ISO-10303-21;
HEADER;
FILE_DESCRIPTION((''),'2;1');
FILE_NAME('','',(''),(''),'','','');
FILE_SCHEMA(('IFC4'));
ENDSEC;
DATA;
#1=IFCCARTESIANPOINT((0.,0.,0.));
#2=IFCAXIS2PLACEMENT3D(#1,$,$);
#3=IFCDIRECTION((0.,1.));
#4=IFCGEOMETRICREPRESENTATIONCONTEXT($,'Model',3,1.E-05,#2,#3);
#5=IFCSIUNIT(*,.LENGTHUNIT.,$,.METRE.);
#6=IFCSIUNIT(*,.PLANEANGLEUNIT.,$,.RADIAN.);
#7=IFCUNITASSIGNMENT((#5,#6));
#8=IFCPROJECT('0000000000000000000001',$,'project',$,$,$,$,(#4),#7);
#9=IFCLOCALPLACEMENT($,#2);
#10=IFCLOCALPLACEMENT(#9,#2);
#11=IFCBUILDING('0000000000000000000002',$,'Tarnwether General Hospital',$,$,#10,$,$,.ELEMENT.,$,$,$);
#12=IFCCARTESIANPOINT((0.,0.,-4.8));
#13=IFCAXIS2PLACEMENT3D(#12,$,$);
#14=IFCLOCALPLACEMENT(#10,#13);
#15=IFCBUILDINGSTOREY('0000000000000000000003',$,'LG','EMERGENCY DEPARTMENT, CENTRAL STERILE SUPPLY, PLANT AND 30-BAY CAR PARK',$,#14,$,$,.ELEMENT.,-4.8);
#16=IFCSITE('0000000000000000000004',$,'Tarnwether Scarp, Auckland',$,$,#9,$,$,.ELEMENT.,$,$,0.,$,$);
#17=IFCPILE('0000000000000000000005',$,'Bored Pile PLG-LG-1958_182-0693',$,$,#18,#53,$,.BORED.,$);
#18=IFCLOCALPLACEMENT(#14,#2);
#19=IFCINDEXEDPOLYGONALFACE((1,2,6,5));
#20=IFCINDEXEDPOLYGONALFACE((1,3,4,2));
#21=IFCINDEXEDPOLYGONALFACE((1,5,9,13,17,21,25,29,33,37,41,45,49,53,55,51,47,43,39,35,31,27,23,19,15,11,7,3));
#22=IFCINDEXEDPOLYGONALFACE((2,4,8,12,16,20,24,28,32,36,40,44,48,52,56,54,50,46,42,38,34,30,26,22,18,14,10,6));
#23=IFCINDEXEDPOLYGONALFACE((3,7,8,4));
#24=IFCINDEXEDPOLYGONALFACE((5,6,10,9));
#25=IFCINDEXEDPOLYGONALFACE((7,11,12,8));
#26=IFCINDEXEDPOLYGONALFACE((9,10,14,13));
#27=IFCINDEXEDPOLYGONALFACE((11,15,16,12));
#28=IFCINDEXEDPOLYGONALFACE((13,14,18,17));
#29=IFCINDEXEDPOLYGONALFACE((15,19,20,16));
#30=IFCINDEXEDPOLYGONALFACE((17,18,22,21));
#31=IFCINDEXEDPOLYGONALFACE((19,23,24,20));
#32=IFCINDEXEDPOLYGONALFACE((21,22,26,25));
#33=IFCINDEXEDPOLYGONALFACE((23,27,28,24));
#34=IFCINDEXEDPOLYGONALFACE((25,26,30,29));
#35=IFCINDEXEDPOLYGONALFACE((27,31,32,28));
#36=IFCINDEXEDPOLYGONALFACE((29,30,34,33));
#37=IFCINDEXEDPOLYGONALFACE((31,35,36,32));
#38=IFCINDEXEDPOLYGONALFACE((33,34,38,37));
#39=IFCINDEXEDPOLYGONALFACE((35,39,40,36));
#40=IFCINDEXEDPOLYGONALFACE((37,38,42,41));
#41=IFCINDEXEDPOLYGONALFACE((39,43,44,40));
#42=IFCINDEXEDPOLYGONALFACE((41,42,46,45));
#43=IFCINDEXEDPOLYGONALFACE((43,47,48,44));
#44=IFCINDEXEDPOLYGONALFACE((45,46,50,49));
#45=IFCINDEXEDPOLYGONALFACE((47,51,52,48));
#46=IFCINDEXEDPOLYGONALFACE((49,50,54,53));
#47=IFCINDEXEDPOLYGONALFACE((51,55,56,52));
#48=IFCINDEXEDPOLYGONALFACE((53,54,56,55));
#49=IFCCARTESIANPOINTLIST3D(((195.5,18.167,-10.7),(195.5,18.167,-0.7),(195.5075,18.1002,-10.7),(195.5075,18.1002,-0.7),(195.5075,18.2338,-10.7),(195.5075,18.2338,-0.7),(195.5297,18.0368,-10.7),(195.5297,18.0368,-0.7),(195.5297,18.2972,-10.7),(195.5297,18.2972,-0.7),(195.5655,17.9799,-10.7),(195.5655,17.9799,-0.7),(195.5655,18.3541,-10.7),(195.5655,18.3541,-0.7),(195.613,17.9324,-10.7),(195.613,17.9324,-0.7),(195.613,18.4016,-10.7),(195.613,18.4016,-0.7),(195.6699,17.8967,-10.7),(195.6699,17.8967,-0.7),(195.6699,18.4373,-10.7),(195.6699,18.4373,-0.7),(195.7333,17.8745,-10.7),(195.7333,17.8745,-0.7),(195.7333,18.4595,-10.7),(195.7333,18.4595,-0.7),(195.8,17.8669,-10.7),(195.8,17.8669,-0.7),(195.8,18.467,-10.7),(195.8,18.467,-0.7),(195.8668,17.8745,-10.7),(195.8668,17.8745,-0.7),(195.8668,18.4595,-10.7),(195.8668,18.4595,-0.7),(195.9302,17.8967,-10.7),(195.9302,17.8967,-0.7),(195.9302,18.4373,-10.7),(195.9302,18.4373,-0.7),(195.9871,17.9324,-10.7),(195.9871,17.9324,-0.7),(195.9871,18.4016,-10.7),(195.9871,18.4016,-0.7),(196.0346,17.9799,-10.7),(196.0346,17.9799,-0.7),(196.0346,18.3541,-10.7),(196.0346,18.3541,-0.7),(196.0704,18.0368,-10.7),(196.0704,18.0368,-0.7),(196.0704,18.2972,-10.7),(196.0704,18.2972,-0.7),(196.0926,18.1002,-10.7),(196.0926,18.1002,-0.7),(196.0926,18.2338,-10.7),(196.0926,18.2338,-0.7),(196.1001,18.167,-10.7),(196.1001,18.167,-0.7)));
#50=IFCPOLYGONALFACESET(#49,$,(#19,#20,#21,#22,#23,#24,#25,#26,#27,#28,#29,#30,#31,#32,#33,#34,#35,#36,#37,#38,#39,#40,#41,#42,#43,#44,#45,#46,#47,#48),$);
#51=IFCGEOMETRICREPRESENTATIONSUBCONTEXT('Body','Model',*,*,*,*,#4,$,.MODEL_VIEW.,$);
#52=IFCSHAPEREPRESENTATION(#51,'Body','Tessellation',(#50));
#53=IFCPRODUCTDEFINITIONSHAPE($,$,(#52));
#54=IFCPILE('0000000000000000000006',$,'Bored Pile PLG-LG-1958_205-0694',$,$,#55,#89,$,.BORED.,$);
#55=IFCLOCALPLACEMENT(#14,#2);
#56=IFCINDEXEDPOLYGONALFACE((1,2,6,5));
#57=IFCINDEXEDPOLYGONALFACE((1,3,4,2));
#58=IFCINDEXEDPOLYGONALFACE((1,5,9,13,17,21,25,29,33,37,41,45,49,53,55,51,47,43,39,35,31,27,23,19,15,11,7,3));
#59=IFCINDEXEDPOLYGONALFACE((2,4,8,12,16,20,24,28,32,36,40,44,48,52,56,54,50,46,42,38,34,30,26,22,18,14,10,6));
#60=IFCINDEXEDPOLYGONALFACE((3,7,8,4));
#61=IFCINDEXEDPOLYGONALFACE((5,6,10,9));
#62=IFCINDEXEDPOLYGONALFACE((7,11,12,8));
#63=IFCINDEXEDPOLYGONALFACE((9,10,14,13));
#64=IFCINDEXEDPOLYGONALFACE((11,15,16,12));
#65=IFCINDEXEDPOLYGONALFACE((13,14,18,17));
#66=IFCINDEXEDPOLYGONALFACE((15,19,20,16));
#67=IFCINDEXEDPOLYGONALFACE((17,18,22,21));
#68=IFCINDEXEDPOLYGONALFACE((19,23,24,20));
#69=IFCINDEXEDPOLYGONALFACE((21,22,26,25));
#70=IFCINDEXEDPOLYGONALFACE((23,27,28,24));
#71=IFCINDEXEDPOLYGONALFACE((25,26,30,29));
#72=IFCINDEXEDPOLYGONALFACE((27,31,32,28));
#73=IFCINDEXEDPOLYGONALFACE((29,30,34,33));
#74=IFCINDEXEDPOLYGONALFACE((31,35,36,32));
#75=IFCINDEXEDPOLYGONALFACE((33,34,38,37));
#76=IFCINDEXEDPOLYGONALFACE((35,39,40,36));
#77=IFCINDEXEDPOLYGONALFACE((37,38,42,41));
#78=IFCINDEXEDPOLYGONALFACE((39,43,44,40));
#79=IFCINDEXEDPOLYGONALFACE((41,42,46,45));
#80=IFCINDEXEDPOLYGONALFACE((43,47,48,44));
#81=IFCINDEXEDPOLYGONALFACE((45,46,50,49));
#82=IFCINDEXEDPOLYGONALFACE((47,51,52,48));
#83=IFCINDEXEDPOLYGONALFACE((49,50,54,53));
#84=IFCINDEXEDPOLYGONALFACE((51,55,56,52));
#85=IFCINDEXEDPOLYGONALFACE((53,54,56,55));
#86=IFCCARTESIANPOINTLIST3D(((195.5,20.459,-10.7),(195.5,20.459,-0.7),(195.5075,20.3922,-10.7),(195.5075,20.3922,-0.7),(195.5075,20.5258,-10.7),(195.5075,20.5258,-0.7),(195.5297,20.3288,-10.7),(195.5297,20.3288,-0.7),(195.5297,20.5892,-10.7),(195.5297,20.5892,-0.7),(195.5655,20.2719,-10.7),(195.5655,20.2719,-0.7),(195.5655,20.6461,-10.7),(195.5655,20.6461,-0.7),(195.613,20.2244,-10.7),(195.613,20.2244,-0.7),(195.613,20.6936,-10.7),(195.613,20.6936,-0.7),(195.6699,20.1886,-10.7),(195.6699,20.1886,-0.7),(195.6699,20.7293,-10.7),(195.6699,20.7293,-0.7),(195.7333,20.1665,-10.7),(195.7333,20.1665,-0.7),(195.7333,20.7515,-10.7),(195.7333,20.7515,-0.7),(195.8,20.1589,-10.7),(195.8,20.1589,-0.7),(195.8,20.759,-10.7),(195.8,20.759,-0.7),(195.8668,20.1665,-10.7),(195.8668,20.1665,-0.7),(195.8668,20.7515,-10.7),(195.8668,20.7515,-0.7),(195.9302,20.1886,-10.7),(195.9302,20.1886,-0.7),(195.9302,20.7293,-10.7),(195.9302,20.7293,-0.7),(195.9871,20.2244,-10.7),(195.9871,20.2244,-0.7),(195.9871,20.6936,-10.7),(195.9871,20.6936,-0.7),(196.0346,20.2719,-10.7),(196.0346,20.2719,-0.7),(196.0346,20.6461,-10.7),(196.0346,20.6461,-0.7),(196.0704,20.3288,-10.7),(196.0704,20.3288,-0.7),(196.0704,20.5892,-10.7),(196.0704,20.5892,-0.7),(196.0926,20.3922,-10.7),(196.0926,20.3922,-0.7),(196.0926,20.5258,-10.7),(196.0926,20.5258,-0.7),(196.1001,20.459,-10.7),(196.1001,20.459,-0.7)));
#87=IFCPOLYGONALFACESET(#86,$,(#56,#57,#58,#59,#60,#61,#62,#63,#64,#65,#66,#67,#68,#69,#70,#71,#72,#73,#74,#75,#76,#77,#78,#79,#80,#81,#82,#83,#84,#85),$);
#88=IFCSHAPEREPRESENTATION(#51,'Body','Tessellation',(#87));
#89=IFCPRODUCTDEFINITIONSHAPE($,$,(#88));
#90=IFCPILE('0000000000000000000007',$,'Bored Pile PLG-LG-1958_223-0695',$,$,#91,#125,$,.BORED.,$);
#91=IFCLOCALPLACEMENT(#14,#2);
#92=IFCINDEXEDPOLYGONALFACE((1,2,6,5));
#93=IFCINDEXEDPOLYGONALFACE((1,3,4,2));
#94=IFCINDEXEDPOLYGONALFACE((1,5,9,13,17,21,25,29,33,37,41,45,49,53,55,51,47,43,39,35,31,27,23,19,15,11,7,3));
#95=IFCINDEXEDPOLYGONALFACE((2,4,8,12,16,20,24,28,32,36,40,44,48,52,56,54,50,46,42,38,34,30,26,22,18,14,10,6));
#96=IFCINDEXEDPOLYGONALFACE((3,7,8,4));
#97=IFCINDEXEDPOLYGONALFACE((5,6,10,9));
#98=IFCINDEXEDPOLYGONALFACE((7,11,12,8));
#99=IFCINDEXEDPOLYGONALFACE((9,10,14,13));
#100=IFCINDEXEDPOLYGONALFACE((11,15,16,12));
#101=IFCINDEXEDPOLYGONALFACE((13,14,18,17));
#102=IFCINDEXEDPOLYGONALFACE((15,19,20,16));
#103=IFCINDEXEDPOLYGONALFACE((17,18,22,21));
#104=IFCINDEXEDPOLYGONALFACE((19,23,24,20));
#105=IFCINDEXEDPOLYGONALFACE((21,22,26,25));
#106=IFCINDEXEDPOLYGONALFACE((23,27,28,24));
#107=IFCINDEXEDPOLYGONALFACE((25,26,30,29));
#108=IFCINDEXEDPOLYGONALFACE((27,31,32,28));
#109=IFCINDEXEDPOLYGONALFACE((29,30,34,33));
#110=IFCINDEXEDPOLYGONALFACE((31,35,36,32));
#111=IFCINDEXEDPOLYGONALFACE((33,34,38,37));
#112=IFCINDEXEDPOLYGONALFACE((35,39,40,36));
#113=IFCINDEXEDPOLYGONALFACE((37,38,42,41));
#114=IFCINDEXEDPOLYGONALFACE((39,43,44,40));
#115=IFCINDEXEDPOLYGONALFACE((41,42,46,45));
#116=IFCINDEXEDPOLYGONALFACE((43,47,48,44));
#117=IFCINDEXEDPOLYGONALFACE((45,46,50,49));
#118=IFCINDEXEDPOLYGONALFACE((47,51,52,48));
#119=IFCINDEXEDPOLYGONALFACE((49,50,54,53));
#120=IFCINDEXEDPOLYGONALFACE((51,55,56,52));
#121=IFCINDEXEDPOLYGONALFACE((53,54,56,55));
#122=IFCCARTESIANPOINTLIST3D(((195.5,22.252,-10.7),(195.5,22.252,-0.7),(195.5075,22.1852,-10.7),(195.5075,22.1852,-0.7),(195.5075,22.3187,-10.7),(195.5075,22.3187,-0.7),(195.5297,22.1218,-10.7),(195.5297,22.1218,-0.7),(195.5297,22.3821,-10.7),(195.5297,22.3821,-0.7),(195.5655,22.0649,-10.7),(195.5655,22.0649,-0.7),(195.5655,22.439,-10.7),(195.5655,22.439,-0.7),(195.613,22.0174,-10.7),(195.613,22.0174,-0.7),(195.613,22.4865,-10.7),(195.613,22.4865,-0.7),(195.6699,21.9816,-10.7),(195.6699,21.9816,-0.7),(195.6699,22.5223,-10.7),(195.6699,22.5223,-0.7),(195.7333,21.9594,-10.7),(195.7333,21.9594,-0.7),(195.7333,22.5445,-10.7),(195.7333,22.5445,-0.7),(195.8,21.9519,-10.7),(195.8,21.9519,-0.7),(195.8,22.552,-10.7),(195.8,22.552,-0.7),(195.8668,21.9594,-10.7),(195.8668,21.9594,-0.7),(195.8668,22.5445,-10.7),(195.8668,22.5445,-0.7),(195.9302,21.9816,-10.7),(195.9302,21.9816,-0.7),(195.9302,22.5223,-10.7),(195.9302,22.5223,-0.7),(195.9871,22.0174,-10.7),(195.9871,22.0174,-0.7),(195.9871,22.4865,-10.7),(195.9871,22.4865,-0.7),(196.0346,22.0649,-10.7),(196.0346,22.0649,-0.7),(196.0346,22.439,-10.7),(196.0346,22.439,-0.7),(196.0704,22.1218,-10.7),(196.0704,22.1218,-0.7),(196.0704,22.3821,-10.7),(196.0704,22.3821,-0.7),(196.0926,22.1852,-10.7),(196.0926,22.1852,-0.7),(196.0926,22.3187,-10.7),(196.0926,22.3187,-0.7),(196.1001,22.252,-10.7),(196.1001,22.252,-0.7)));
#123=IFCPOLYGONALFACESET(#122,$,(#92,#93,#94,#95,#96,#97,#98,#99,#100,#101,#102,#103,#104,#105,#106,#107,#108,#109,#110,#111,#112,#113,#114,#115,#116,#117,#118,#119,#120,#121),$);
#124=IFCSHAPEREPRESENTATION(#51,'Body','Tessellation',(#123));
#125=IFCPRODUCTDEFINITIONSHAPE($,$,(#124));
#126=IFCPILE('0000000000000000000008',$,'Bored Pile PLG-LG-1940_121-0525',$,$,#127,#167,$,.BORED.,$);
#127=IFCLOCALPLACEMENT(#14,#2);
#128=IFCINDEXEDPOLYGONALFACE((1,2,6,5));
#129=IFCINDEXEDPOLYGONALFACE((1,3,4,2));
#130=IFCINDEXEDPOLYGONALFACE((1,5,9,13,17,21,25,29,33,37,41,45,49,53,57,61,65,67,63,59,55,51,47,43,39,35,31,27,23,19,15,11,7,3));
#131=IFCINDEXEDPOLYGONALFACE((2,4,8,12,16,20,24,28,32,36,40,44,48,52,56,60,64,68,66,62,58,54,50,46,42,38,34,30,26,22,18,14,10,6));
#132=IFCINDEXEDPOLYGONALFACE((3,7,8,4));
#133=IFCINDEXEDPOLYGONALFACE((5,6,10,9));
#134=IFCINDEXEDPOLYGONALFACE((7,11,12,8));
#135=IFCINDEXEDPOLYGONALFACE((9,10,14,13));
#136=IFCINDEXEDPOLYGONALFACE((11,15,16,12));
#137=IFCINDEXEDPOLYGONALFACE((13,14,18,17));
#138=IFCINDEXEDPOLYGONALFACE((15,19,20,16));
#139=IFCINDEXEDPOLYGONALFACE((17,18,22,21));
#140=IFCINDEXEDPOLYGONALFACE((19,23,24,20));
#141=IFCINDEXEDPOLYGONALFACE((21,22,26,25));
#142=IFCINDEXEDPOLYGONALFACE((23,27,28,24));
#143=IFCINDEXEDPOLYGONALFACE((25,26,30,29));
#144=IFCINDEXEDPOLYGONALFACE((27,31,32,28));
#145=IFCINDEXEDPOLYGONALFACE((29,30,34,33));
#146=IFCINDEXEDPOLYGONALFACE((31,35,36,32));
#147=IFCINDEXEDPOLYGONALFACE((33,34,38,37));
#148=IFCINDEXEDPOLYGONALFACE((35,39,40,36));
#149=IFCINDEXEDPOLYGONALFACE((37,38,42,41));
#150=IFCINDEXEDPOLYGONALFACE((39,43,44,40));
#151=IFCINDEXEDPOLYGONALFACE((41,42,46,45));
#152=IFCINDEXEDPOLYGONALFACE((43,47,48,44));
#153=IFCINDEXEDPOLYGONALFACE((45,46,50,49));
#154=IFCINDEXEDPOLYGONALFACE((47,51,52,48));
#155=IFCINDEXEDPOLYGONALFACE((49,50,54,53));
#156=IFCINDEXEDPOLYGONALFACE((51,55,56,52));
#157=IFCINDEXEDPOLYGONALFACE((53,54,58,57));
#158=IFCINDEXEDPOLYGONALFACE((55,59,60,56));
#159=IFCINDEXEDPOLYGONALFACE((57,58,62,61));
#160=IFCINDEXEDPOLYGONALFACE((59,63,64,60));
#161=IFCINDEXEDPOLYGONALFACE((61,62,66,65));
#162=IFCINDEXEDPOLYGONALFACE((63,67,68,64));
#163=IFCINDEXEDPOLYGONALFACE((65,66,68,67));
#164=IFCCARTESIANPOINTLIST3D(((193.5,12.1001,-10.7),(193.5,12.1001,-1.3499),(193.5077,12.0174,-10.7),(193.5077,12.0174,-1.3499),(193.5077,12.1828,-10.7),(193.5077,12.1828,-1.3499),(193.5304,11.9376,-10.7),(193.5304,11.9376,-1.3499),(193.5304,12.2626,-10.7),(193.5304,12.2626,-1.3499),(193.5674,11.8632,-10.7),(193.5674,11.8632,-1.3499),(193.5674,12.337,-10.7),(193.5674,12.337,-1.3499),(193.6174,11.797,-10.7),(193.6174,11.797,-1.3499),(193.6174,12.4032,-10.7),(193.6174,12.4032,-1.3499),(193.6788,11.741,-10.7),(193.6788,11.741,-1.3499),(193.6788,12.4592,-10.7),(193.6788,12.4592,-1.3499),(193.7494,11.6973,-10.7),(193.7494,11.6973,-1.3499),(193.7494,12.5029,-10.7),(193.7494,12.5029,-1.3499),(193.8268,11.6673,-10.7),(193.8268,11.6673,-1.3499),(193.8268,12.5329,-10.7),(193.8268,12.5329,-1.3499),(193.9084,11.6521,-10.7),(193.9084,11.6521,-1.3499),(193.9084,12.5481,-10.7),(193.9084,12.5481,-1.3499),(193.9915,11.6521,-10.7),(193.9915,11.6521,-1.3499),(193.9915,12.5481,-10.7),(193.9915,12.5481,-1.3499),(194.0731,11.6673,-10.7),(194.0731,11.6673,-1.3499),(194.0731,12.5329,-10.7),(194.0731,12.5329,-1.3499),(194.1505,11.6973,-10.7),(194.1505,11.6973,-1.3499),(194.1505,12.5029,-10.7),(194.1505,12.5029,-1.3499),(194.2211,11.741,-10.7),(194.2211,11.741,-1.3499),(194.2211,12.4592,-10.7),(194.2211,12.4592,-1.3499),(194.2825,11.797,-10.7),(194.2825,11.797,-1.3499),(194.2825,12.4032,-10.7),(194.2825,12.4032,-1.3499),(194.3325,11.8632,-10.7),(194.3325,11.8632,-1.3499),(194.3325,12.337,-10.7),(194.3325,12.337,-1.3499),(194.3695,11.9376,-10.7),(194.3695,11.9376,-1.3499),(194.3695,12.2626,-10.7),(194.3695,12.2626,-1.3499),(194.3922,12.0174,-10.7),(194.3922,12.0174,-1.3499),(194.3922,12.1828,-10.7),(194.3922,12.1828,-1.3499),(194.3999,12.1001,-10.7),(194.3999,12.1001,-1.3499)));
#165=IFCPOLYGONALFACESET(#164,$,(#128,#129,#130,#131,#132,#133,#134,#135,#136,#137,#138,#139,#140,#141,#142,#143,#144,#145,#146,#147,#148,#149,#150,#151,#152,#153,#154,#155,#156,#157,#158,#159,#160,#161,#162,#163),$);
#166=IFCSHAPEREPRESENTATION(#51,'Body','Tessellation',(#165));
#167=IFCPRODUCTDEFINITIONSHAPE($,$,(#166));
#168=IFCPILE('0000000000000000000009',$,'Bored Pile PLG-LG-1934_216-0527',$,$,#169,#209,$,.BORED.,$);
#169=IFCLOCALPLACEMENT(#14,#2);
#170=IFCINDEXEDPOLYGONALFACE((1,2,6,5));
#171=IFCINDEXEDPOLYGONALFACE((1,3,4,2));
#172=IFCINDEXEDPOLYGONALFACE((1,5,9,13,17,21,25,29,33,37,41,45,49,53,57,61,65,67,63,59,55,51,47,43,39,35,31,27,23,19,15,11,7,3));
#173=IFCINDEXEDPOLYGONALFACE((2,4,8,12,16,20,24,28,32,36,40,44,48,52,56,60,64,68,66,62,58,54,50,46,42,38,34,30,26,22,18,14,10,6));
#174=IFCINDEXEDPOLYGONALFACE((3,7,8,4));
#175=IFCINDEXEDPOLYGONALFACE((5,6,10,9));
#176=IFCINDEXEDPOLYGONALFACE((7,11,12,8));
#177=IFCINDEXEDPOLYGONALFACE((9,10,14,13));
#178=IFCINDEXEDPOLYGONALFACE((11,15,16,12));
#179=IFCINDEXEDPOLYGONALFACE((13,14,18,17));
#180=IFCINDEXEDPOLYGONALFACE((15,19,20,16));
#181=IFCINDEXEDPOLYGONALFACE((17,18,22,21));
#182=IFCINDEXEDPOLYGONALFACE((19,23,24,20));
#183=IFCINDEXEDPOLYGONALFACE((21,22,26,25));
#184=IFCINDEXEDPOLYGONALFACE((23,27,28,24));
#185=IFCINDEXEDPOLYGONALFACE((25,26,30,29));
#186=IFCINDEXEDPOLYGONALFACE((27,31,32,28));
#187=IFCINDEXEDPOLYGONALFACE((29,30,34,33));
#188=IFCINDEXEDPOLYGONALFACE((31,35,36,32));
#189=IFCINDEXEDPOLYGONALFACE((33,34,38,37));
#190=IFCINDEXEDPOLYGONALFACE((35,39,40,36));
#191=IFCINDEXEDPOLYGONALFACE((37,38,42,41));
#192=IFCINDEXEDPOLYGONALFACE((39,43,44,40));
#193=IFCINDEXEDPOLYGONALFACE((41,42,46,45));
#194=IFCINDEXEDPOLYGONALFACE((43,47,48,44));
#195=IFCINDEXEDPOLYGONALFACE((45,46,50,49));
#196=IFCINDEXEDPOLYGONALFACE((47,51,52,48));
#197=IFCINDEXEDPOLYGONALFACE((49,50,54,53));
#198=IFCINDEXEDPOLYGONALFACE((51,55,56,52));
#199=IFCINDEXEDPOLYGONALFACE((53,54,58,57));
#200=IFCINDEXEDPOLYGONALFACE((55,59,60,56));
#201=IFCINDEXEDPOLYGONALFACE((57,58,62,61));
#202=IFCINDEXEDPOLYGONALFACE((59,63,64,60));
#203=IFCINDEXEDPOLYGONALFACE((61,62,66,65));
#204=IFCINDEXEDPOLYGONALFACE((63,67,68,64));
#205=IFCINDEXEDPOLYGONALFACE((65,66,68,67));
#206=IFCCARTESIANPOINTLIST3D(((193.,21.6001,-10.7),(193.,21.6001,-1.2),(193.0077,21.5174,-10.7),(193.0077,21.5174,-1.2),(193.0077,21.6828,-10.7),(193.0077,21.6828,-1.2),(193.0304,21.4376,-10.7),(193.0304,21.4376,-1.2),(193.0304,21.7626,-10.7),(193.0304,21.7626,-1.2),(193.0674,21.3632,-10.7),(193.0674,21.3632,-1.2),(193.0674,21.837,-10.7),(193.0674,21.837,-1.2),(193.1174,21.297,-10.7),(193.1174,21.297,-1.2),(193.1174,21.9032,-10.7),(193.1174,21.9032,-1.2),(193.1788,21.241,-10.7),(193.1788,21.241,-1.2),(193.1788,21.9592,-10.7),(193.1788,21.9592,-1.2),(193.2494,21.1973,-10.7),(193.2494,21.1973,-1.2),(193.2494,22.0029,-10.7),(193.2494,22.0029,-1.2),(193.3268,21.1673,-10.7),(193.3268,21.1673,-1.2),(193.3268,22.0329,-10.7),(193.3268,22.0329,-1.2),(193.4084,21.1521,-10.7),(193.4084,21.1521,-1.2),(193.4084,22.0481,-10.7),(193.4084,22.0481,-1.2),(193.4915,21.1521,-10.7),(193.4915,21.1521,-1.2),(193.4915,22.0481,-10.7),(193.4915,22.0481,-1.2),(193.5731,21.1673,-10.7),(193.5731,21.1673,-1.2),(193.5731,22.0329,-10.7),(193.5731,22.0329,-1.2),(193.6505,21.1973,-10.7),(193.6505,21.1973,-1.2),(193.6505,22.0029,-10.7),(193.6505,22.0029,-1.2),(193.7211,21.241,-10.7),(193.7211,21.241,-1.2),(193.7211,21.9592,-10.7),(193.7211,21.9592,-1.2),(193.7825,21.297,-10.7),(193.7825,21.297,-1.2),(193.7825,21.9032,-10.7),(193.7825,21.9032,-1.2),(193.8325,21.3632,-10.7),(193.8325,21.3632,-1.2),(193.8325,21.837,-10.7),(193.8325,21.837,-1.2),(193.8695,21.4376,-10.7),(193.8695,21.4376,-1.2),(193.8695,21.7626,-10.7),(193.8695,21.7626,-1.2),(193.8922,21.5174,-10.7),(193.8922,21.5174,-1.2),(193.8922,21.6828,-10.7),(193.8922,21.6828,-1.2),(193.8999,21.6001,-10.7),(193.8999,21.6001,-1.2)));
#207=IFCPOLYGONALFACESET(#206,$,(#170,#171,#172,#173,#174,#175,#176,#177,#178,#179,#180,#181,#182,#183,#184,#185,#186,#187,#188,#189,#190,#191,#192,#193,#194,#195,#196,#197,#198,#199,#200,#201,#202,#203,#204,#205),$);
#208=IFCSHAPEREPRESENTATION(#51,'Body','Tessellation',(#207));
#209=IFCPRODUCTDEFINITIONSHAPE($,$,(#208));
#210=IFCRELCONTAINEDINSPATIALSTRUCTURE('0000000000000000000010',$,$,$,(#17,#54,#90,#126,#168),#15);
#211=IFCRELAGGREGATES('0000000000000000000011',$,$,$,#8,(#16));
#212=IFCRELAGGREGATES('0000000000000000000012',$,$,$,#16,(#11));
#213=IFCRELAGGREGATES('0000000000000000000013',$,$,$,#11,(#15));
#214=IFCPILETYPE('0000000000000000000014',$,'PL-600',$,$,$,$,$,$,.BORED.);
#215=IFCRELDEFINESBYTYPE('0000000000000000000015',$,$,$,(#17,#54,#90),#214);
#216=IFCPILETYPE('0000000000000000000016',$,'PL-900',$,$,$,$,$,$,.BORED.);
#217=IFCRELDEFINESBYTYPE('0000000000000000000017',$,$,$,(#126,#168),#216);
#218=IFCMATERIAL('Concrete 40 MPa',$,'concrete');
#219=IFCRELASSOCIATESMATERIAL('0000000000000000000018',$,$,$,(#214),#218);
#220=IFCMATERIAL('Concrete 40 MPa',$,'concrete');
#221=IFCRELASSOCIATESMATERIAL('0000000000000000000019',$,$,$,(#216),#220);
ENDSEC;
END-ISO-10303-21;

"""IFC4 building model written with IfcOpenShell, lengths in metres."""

from ifc_helpers import new_model, si_unit, direction, frame, origin, origin_2d, place, context, subcontext, project, spatial, circle, extrude, material, material_profile, profile_set, type_object, element, save


model = new_model("IFC4")

# Units and contexts
model_context = context("Model", 3, precision=1e-05, world=origin(), true_north=direction((0.0, 1.0)))
body_context = subcontext(model_context, "Body", "Model", "MODEL_VIEW")
ifc_project = project(units=[si_unit("LENGTHUNIT", "METRE"), si_unit("PLANEANGLEUNIT", "RADIAN")], contexts=[model_context])

# Site, building, storey
site_placement = place(None, origin())
site = spatial("IfcSite", under=ifc_project, at=site_placement, Name="Tarnwether Scarp, Auckland", CompositionType="ELEMENT", RefElevation=0.0)
building_placement = place(site_placement, origin())
building = spatial("IfcBuilding", under=site, at=building_placement, Name="Tarnwether General Hospital", CompositionType="ELEMENT")
storey_placement = place(building_placement, frame((0.0, 0.0, -4.8)))
storey = spatial("IfcBuildingStorey", under=building, at=storey_placement, Name="LG", Description="EMERGENCY DEPARTMENT, CENTRAL STERILE SUPPLY, PLANT AND 30-BAY CAR PARK", CompositionType="ELEMENT", Elevation=-4.8)

# Piles
ifc_material_1 = material(Name="Concrete 40 MPa", Category="concrete")
ifc_material_profile_1 = material_profile(ifc_material_1, circle(Radius=0.3, at=origin_2d()), Name="PILE-D600")
ifc_profile_set_1 = profile_set([ifc_material_profile_1], Name="Concrete 40 MPa")
pile_type_1 = type_object("IfcPileType", Name="PL-600", PredefinedType="BORED", material=ifc_profile_set_1)
for number, where, z_axis, x_axis, name in (
    (1, (195.8, 18.167, -0.7), (0.0, 0.0, -1.0), (1.0, 0.0, 0.0), "Bored Pile PLG-LG-1958_182-0693"),
    (2, (195.8, 20.459, -0.7), (0.0, 0.0, -1.0), (1.0, 0.0, 0.0), "Bored Pile PLG-LG-1958_205-0694"),
    (3, (195.8, 22.252, -0.7), (0.0, 0.0, -1.0), (1.0, 0.0, 0.0), "Bored Pile PLG-LG-1958_223-0695"),
):
    element("IfcPile", number, at=place(storey_placement, frame(where, z_axis=z_axis, x_axis=x_axis)), inside=storey, type_object=pile_type_1, Name=name, PredefinedType="BORED", context=body_context, shape_type="SweptSolid", body=[
        extrude(circle(Radius=0.3, at=origin_2d()), origin(), (0.0, 0.0, 1.0), 10.0),
    ])
ifc_material_2 = material(Name="Concrete 40 MPa", Category="concrete")
ifc_material_profile_2 = material_profile(ifc_material_2, circle(Radius=0.45, at=origin_2d()), Name="PILE-D900")
ifc_profile_set_2 = profile_set([ifc_material_profile_2], Name="Concrete 40 MPa")
pile_type_2 = type_object("IfcPileType", Name="PL-900", PredefinedType="BORED", material=ifc_profile_set_2)
pile_1_placement = place(storey_placement, frame((193.95, 12.1001, -1.3499), z_axis=(0.0, 0.0, -1.0), x_axis=(1.0, 0.0, 0.0)))
element("IfcPile", 4, at=pile_1_placement, inside=storey, type_object=pile_type_2, Name="Bored Pile PLG-LG-1940_121-0525", PredefinedType="BORED", context=body_context, shape_type="SweptSolid", body=[
    extrude(circle(Radius=0.45, at=origin_2d()), origin(), (0.0, 0.0, 1.0), 9.3501),
])
pile_2_placement = place(storey_placement, frame((193.45, 21.6001, -1.2), z_axis=(0.0, 0.0, -1.0), x_axis=(1.0, 0.0, 0.0)))
element("IfcPile", 5, at=pile_2_placement, inside=storey, type_object=pile_type_2, Name="Bored Pile PLG-LG-1934_216-0527", PredefinedType="BORED", context=body_context, shape_type="SweptSolid", body=[
    extrude(circle(Radius=0.45, at=origin_2d()), origin(), (0.0, 0.0, 1.0), 9.5),
])

save(model, "model.ifc")
